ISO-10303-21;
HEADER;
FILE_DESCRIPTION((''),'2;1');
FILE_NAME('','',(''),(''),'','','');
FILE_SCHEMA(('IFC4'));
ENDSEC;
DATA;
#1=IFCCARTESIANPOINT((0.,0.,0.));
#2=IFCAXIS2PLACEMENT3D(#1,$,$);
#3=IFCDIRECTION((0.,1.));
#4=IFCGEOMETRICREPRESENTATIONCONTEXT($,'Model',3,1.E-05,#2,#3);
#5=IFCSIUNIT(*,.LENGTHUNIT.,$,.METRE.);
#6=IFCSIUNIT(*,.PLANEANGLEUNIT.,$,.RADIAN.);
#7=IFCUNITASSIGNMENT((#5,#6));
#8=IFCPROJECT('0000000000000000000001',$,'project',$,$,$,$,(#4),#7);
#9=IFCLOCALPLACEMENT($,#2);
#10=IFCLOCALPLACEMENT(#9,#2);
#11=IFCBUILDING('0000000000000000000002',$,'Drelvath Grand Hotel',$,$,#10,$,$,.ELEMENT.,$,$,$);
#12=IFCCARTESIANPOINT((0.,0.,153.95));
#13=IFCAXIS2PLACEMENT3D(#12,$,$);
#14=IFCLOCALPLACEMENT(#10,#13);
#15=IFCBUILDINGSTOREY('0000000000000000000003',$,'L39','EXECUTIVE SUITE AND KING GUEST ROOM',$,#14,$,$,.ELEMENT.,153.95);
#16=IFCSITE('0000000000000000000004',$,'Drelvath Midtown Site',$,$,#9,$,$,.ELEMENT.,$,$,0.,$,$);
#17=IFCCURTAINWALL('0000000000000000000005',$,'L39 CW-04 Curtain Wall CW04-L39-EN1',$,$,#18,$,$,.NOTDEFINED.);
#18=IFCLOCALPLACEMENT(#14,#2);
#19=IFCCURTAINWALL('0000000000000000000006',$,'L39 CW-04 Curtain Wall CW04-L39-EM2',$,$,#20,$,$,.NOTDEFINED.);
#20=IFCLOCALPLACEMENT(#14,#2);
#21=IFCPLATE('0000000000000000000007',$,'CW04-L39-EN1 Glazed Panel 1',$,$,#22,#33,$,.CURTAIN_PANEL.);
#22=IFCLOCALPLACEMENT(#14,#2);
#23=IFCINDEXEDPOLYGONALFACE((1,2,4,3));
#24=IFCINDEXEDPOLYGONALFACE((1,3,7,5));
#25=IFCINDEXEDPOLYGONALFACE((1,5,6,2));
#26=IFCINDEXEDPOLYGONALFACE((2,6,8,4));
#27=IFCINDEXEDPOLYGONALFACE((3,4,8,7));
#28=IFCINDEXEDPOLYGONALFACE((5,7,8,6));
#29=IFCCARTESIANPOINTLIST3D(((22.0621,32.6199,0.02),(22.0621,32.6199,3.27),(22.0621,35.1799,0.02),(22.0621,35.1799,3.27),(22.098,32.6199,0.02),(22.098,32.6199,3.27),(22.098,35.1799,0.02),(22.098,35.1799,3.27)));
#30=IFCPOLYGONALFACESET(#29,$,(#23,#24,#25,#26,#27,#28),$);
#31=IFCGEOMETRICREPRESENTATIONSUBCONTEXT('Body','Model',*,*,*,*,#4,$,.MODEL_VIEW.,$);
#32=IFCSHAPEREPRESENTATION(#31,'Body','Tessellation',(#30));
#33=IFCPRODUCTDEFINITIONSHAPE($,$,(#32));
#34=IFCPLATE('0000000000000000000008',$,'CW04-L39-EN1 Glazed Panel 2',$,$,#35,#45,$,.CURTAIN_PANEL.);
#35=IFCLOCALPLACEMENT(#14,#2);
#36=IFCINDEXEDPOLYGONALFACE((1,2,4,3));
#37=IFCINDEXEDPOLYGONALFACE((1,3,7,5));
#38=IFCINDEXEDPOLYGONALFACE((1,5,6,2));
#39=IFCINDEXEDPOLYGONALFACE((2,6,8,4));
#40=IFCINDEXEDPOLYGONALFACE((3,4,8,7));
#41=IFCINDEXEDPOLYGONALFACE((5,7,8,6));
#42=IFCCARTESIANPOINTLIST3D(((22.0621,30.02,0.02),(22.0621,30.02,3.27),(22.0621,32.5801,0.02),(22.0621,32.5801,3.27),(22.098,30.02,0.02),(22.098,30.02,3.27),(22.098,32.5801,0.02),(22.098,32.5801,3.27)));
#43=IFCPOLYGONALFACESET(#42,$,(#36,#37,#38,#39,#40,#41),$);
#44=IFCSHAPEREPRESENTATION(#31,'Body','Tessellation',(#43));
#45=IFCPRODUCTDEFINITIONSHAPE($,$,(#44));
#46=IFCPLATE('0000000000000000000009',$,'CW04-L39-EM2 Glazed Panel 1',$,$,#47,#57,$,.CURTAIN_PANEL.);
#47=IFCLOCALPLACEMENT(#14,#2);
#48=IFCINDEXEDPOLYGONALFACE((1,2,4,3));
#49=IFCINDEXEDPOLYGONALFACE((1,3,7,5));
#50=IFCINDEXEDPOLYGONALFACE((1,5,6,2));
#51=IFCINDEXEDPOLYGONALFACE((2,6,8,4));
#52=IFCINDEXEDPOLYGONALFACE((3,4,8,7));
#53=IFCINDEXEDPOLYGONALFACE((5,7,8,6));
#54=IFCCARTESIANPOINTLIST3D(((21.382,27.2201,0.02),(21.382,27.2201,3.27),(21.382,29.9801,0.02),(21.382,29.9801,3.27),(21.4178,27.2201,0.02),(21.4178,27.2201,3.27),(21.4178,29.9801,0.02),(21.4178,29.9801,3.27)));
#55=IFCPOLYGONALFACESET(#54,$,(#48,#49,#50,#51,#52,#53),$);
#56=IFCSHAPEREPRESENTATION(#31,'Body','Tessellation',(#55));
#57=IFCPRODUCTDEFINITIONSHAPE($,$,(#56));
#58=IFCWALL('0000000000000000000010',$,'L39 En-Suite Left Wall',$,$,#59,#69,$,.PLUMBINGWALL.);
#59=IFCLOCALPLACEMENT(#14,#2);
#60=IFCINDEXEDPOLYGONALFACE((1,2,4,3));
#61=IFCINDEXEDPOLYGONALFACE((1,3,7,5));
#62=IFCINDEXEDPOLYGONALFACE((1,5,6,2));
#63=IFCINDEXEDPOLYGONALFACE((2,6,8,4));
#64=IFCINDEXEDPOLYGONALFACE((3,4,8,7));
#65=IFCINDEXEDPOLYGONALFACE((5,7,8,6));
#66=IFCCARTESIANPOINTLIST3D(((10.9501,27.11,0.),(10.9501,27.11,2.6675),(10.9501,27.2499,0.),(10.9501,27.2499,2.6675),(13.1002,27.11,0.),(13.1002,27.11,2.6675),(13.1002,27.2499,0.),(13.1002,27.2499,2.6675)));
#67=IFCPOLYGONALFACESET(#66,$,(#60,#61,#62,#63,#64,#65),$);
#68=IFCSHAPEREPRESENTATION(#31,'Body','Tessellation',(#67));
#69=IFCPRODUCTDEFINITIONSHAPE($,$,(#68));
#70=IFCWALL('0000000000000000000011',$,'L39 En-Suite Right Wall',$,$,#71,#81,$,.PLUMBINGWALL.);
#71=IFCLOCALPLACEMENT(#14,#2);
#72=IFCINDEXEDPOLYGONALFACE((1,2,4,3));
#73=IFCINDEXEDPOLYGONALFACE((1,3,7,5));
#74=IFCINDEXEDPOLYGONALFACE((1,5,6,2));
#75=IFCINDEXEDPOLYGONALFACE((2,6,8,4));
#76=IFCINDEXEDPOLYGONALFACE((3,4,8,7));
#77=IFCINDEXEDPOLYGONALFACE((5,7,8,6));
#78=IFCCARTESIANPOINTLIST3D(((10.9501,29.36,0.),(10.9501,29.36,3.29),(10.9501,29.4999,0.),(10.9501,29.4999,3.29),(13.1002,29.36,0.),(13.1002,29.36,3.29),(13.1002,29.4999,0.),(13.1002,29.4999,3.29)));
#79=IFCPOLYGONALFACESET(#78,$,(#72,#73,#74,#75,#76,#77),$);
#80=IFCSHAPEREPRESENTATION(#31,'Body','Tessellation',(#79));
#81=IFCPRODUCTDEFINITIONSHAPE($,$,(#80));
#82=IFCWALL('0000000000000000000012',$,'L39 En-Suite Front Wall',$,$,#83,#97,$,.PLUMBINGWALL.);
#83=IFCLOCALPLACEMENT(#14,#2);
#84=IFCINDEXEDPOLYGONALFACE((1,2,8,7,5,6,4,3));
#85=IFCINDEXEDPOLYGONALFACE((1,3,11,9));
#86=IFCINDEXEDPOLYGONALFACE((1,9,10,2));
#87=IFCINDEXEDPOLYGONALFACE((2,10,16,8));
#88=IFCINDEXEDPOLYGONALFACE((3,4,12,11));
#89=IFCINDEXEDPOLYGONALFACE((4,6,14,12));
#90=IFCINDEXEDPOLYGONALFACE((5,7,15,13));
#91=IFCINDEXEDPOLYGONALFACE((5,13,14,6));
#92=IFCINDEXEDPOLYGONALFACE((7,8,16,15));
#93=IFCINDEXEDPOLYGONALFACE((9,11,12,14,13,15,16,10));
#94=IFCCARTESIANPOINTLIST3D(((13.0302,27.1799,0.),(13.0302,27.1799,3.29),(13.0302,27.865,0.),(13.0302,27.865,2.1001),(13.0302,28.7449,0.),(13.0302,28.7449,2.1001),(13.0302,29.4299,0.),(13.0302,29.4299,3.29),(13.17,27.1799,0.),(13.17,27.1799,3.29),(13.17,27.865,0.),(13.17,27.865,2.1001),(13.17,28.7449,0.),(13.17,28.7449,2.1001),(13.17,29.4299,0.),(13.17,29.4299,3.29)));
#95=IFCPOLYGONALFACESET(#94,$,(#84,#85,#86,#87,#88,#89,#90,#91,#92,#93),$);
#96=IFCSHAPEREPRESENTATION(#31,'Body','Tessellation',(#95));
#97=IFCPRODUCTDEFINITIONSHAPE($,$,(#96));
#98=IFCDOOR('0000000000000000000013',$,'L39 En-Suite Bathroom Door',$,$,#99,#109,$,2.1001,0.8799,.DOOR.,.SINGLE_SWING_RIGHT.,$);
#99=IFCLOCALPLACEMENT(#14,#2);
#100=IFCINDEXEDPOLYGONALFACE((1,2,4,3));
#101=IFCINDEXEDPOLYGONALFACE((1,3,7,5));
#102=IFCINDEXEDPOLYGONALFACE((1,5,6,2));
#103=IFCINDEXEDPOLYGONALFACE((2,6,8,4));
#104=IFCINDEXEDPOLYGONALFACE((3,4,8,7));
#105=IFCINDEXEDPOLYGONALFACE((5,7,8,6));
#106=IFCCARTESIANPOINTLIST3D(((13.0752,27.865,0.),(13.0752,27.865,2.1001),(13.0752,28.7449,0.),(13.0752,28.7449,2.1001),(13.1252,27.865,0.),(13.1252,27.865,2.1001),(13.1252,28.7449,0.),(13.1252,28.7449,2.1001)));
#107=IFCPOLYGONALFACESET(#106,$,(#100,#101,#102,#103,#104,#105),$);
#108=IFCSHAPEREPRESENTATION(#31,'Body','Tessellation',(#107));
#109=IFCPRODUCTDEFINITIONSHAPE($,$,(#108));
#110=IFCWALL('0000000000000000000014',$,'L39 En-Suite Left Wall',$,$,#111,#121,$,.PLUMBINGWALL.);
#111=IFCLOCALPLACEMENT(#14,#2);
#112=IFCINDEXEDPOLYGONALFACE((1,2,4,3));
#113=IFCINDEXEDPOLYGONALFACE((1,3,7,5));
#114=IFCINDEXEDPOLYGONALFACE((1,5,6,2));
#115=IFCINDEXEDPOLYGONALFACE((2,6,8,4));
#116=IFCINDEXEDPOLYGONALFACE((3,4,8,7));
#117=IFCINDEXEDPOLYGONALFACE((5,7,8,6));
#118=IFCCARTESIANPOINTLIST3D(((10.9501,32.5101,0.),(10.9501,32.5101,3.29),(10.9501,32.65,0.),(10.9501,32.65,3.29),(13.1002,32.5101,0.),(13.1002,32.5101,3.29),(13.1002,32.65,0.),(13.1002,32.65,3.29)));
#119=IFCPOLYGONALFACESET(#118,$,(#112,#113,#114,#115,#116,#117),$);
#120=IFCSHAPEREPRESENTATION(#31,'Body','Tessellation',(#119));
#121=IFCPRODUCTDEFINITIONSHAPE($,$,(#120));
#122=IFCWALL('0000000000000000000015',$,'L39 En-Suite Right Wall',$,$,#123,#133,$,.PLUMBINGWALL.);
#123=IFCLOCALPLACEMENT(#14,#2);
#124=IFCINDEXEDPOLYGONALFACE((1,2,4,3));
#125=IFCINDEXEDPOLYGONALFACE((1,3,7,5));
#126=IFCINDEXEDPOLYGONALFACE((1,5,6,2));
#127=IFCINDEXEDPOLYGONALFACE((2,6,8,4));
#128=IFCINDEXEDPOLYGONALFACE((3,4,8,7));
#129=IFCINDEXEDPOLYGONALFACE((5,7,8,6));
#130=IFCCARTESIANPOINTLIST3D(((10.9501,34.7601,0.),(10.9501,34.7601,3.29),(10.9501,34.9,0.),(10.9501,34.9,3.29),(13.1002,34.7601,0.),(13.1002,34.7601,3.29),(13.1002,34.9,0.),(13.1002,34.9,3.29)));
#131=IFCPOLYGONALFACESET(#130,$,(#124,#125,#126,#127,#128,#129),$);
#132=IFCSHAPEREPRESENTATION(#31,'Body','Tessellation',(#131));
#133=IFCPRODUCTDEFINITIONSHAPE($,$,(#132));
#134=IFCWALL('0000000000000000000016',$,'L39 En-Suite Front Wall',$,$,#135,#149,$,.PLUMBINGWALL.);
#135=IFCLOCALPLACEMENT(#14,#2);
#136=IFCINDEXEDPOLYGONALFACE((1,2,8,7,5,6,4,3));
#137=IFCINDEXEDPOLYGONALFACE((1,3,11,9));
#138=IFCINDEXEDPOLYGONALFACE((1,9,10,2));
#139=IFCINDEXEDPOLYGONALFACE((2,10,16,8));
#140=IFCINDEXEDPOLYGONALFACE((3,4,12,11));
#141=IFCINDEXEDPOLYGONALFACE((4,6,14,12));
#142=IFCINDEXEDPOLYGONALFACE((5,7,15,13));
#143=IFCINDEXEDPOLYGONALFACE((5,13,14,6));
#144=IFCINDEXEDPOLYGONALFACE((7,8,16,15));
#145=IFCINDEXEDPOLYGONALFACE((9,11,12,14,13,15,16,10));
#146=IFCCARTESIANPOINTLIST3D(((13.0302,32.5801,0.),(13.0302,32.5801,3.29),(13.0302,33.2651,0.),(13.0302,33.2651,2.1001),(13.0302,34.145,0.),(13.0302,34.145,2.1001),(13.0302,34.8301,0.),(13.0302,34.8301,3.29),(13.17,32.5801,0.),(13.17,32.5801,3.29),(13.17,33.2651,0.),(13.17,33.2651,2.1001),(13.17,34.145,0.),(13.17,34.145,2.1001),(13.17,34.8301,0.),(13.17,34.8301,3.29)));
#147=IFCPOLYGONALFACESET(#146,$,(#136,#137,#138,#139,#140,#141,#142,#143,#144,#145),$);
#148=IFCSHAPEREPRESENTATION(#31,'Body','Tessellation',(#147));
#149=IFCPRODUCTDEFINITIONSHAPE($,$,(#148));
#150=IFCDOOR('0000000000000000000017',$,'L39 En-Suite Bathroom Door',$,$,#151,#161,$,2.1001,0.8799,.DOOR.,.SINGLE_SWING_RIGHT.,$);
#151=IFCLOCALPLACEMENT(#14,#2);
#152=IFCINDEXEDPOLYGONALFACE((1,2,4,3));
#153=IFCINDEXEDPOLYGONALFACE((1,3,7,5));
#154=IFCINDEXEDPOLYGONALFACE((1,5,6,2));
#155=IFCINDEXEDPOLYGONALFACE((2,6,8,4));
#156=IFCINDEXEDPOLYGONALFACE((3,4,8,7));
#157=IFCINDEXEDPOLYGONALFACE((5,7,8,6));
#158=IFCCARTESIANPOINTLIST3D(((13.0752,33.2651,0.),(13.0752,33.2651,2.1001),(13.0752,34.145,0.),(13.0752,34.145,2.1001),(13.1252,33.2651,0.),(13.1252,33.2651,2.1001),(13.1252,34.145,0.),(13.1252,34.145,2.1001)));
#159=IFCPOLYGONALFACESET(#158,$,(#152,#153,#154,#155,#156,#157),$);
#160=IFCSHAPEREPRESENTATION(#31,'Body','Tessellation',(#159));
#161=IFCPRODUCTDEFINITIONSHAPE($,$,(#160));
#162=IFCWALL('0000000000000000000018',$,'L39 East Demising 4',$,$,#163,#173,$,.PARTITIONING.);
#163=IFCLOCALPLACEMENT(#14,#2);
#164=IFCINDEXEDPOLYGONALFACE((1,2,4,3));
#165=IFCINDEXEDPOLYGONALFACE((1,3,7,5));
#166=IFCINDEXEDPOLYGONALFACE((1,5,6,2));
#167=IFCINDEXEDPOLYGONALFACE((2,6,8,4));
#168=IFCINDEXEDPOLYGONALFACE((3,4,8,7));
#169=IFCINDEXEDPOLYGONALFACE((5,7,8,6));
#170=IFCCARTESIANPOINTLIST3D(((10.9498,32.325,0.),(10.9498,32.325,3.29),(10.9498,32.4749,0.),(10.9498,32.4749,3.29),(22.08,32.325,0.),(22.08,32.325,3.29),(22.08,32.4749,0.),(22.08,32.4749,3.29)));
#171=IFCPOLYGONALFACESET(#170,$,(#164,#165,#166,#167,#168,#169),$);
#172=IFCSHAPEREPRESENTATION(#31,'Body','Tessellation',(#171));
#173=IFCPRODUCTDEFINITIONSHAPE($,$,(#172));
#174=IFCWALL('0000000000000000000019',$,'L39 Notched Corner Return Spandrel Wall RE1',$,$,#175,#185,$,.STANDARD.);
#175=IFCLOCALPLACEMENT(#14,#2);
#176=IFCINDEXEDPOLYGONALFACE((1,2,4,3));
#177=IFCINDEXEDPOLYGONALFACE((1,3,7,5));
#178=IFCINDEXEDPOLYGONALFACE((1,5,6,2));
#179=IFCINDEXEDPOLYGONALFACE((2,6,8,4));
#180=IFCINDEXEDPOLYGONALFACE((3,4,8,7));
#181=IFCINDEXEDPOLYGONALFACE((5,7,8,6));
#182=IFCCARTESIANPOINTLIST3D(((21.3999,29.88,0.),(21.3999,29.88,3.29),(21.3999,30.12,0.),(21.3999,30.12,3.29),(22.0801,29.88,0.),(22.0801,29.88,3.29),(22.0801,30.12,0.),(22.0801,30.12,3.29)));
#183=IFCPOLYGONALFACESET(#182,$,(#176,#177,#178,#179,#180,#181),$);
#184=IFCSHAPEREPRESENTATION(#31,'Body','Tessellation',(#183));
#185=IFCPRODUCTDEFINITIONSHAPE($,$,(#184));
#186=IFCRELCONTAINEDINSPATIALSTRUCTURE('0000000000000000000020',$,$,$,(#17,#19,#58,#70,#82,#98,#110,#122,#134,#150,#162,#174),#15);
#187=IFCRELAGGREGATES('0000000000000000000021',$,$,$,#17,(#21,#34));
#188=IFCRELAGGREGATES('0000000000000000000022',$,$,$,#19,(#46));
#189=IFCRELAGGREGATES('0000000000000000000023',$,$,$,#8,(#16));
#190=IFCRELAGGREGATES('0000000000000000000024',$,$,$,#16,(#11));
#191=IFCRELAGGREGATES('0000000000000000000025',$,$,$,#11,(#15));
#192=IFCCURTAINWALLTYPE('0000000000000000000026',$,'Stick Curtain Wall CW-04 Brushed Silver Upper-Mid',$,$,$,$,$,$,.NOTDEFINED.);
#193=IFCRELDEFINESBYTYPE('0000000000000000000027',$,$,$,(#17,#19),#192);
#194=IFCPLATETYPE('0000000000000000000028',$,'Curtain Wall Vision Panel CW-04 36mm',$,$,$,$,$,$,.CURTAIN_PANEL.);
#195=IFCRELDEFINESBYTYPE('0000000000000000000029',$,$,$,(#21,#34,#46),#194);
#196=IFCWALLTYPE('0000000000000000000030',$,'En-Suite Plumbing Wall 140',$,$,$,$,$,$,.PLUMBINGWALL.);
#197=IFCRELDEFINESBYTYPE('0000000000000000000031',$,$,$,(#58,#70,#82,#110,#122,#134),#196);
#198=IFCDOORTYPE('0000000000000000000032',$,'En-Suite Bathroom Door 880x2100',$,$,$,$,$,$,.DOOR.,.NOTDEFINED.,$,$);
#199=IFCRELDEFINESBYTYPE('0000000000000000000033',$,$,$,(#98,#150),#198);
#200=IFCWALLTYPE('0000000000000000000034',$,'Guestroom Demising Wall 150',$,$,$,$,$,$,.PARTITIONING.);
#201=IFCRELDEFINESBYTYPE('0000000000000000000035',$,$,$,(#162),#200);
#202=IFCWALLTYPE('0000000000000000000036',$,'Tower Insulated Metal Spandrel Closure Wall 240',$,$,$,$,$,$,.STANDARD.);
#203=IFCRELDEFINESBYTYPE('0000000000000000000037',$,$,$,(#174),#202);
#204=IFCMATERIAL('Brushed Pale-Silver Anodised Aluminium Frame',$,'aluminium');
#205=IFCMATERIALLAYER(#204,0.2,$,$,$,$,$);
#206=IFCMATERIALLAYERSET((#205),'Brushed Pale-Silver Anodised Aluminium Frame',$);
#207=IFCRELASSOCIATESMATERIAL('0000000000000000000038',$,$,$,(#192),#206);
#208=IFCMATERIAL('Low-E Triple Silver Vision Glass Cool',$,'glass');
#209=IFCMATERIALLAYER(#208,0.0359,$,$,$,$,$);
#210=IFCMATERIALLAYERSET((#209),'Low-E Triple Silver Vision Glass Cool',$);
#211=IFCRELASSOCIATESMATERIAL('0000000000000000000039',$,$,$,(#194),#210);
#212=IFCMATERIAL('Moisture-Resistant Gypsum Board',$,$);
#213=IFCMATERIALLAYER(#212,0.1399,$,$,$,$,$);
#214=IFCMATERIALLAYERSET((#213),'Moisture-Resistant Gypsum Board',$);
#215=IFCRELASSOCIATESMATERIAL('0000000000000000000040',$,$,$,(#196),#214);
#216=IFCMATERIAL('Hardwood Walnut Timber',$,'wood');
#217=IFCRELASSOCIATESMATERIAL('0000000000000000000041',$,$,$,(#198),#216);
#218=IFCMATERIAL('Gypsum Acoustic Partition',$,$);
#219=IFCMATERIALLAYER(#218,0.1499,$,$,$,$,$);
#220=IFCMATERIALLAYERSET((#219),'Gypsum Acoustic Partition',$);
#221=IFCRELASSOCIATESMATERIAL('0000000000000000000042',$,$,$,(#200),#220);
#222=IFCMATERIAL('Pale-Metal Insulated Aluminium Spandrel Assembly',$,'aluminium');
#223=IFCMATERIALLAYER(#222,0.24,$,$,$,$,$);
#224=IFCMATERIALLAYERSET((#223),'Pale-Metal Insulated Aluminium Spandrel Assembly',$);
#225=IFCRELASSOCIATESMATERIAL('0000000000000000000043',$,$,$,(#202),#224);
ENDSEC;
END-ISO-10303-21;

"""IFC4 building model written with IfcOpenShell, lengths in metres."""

from ifc_helpers import new_model, si_unit, direction, frame, frame_2d, origin, origin_2d, place, context, subcontext, project, spatial, rectangle, extrude, material, layer, layer_set, type_object, element, fill, aggregate, save


model = new_model("IFC4")

# Units and contexts
model_context = context("Model", 3, precision=1e-05, world=origin(), true_north=direction((0.0, 1.0)))
body_context = subcontext(model_context, "Body", "Model", "MODEL_VIEW")
ifc_project = project(units=[si_unit("LENGTHUNIT", "METRE"), si_unit("PLANEANGLEUNIT", "RADIAN")], contexts=[model_context])

# Site, building, storey
site_placement = place(None, origin())
site = spatial("IfcSite", under=ifc_project, at=site_placement, Name="Drelvath Midtown Site", CompositionType="ELEMENT", RefElevation=0.0)
building_placement = place(site_placement, origin())
building = spatial("IfcBuilding", under=site, at=building_placement, Name="Drelvath Grand Hotel", CompositionType="ELEMENT")
storey_placement = place(building_placement, frame((0.0, 0.0, 153.95)))
storey = spatial("IfcBuildingStorey", under=building, at=storey_placement, Name="L39", Description="EXECUTIVE SUITE AND KING GUEST ROOM", CompositionType="ELEMENT", Elevation=153.95)

# Curtain walls
ifc_material_1 = material(Name="Brushed Pale-Silver Anodised Aluminium Frame", Category="aluminium")
ifc_layer_1 = layer(ifc_material_1, 0.2)
ifc_layer_set_1 = layer_set([ifc_layer_1], Name="Brushed Pale-Silver Anodised Aluminium Frame")
curtain_wall_type = type_object("IfcCurtainWallType", Name="Stick Curtain Wall CW-04 Brushed Silver Upper-Mid", PredefinedType="NOTDEFINED", material=ifc_layer_set_1)
curtain_wall_1_placement = place(storey_placement, origin())
curtain_wall_1 = element("IfcCurtainWall", 1, at=curtain_wall_1_placement, inside=storey, type_object=curtain_wall_type, Name="L39 CW-04 Curtain Wall CW04-L39-EN1", PredefinedType="NOTDEFINED")
curtain_wall_2_placement = place(storey_placement, origin())
curtain_wall_2 = element("IfcCurtainWall", 2, at=curtain_wall_2_placement, inside=storey, type_object=curtain_wall_type, Name="L39 CW-04 Curtain Wall CW04-L39-EM2", PredefinedType="NOTDEFINED")

# Plates
ifc_material_2 = material(Name="Low-E Triple Silver Vision Glass Cool", Category="glass")
ifc_layer_2 = layer(ifc_material_2, 0.0359)
ifc_layer_set_2 = layer_set([ifc_layer_2], Name="Low-E Triple Silver Vision Glass Cool")
plate_type = type_object("IfcPlateType", Name="Curtain Wall Vision Panel CW-04 36mm", PredefinedType="CURTAIN_PANEL", material=ifc_layer_set_2)
plate_1_placement = place(storey_placement, frame((22.0801, 33.8999, 0.02), z_axis=(0.0, 0.0, 1.0), x_axis=(0.0, -1.0, 0.0)))
plate_1 = element("IfcPlate", 3, at=plate_1_placement, type_object=plate_type, Name="CW04-L39-EN1 Glazed Panel 1", PredefinedType="CURTAIN_PANEL", context=body_context, shape_type="SweptSolid", body=[
    extrude(rectangle(XDim=2.5601, YDim=0.0359, at=origin_2d()), origin(), (0.0, 0.0, 1.0), 3.25),
])
plate_2_placement = place(storey_placement, frame((22.0801, 31.3, 0.02), z_axis=(0.0, 0.0, 1.0), x_axis=(0.0, -1.0, 0.0)))
plate_2 = element("IfcPlate", 4, at=plate_2_placement, type_object=plate_type, Name="CW04-L39-EN1 Glazed Panel 2", PredefinedType="CURTAIN_PANEL", context=body_context, shape_type="SweptSolid", body=[
    extrude(rectangle(XDim=2.5601, YDim=0.0359, at=origin_2d()), origin(), (0.0, 0.0, 1.0), 3.25),
])
aggregate(curtain_wall_1, [plate_1, plate_2])
plate_3_placement = place(storey_placement, frame((21.3999, 28.6001, 0.02), z_axis=(0.0, 0.0, 1.0), x_axis=(0.0, -1.0, 0.0)))
plate_3 = element("IfcPlate", 5, at=plate_3_placement, type_object=plate_type, Name="CW04-L39-EM2 Glazed Panel 1", PredefinedType="CURTAIN_PANEL", context=body_context, shape_type="SweptSolid", body=[
    extrude(rectangle(XDim=2.76, YDim=0.0359, at=origin_2d()), origin(), (0.0, 0.0, 1.0), 3.25),
])
aggregate(curtain_wall_2, [plate_3])

# Walls
ifc_material_3 = material(Name="Moisture-Resistant Gypsum Board")
ifc_layer_3 = layer(ifc_material_3, 0.1399)
ifc_layer_set_3 = layer_set([ifc_layer_3], Name="Moisture-Resistant Gypsum Board")
wall_type_1 = type_object("IfcWallType", Name="En-Suite Plumbing Wall 140", PredefinedType="PLUMBINGWALL", material=ifc_layer_set_3)
wall_1_placement = place(storey_placement, frame((10.95, 27.1799, 0.0), z_axis=(0.0, 0.0, 1.0), x_axis=(1.0, 0.0, 0.0)))
element("IfcWall", 6, at=wall_1_placement, inside=storey, type_object=wall_type_1, Name="L39 En-Suite Left Wall", PredefinedType="PLUMBINGWALL", context=body_context, shape_type="SweptSolid", body=[
    extrude(rectangle(XDim=2.1501, YDim=0.1399, at=frame_2d((1.0752, 0.0))), origin(), (0.0, 0.0, 1.0), 2.6675),
])
wall_2_placement = place(storey_placement, frame((10.95, 29.4299, 0.0), z_axis=(0.0, 0.0, 1.0), x_axis=(1.0, 0.0, 0.0)))
element("IfcWall", 7, at=wall_2_placement, inside=storey, type_object=wall_type_1, Name="L39 En-Suite Right Wall", PredefinedType="PLUMBINGWALL", context=body_context, shape_type="SweptSolid", body=[
    extrude(rectangle(XDim=2.1501, YDim=0.1399, at=frame_2d((1.0752, 0.0))), origin(), (0.0, 0.0, 1.0), 3.29),
])

# Wall, opening, door
wall_3_placement = place(storey_placement, frame((13.1001, 27.1799, 0.0), z_axis=(0.0, 0.0, 1.0), x_axis=(0.0, 1.0, 0.0)))
wall_3 = element("IfcWall", 8, at=wall_3_placement, inside=storey, type_object=wall_type_1, Name="L39 En-Suite Front Wall", PredefinedType="PLUMBINGWALL", context=body_context, shape_type="SweptSolid", body=[
    extrude(rectangle(XDim=2.25, YDim=0.1399, at=frame_2d((1.125, 0.0))), origin(), (0.0, 0.0, 1.0), 3.29),
])
opening_1_placement = place(wall_3_placement, frame((0.6851, 0.0, 0.0)))
opening_1 = element("IfcOpeningElement", 9, at=opening_1_placement, cuts=wall_3, PredefinedType="OPENING", context=body_context, shape_type="SweptSolid", body=[
    extrude(rectangle(XDim=0.8799, YDim=2.1001, at=frame_2d((0.4399, 1.05))), frame((0.0, 0.0798, 0.0), z_axis=(0.0, -1.0, 0.0), x_axis=(1.0, 0.0, 0.0)), (0.0, 0.0, 1.0), 0.1599),
])
ifc_material_4 = material(Name="Hardwood Walnut Timber", Category="wood")
door_type = type_object("IfcDoorType", Name="En-Suite Bathroom Door 880x2100", OperationType="NOTDEFINED", PredefinedType="DOOR", material=ifc_material_4)
door_1_placement = place(opening_1_placement, origin())
door_1 = element("IfcDoor", 10, at=door_1_placement, inside=storey, type_object=door_type, Name="L39 En-Suite Bathroom Door", OperationType="SINGLE_SWING_RIGHT", OverallHeight=2.1001, OverallWidth=0.8799, PredefinedType="DOOR", context=body_context, shape_type="SweptSolid", body=[
    extrude(rectangle(XDim=0.8799, YDim=2.1001, at=frame_2d((0.4399, 1.05))), frame((0.0, 0.0249, 0.0), z_axis=(0.0, -1.0, 0.0), x_axis=(1.0, 0.0, 0.0)), (0.0, 0.0, 1.0), 0.05),
])
fill(opening_1, door_1)

# Walls
for number, where, z_axis, x_axis, name in (
    (11, (10.95, 32.5801, 0.0), (0.0, 0.0, 1.0), (1.0, 0.0, 0.0), "L39 En-Suite Left Wall"),
    (12, (10.95, 34.8301, 0.0), (0.0, 0.0, 1.0), (1.0, 0.0, 0.0), "L39 En-Suite Right Wall"),
):
    element("IfcWall", number, at=place(storey_placement, frame(where, z_axis=z_axis, x_axis=x_axis)), inside=storey, type_object=wall_type_1, Name=name, PredefinedType="PLUMBINGWALL", context=body_context, shape_type="SweptSolid", body=[
        extrude(rectangle(XDim=2.1501, YDim=0.1399, at=frame_2d((1.0752, 0.0))), origin(), (0.0, 0.0, 1.0), 3.29),
    ])

# Wall, opening, door
wall_4_placement = place(storey_placement, frame((13.1001, 32.5801, 0.0), z_axis=(0.0, 0.0, 1.0), x_axis=(0.0, 1.0, 0.0)))
wall_4 = element("IfcWall", 13, at=wall_4_placement, inside=storey, type_object=wall_type_1, Name="L39 En-Suite Front Wall", PredefinedType="PLUMBINGWALL", context=body_context, shape_type="SweptSolid", body=[
    extrude(rectangle(XDim=2.25, YDim=0.1399, at=frame_2d((1.125, 0.0))), origin(), (0.0, 0.0, 1.0), 3.29),
])
opening_2_placement = place(wall_4_placement, frame((0.6851, 0.0, 0.0)))
opening_2 = element("IfcOpeningElement", 14, at=opening_2_placement, cuts=wall_4, PredefinedType="OPENING", context=body_context, shape_type="SweptSolid", body=[
    extrude(rectangle(XDim=0.8799, YDim=2.1001, at=frame_2d((0.4399, 1.05))), frame((0.0, 0.0798, 0.0), z_axis=(0.0, -1.0, 0.0), x_axis=(1.0, 0.0, 0.0)), (0.0, 0.0, 1.0), 0.1599),
])
door_2_placement = place(opening_2_placement, origin())
door_2 = element("IfcDoor", 15, at=door_2_placement, inside=storey, type_object=door_type, Name="L39 En-Suite Bathroom Door", OperationType="SINGLE_SWING_RIGHT", OverallHeight=2.1001, OverallWidth=0.8799, PredefinedType="DOOR", context=body_context, shape_type="SweptSolid", body=[
    extrude(rectangle(XDim=0.8799, YDim=2.1001, at=frame_2d((0.4399, 1.05))), frame((0.0, 0.0249, 0.0), z_axis=(0.0, -1.0, 0.0), x_axis=(1.0, 0.0, 0.0)), (0.0, 0.0, 1.0), 0.05),
])
fill(opening_2, door_2)

# Walls
ifc_material_5 = material(Name="Gypsum Acoustic Partition")
ifc_layer_4 = layer(ifc_material_5, 0.1499)
ifc_layer_set_4 = layer_set([ifc_layer_4], Name="Gypsum Acoustic Partition")
wall_type_2 = type_object("IfcWallType", Name="Guestroom Demising Wall 150", PredefinedType="PARTITIONING", material=ifc_layer_set_4)
wall_5_placement = place(storey_placement, frame((10.95, 32.3999, 0.0), z_axis=(0.0, 0.0, 1.0), x_axis=(1.0, 0.0, 0.0)))
element("IfcWall", 16, at=wall_5_placement, inside=storey, type_object=wall_type_2, Name="L39 East Demising 4", PredefinedType="PARTITIONING", context=body_context, shape_type="SweptSolid", body=[
    extrude(rectangle(XDim=11.1301, YDim=0.1499, at=frame_2d((5.5649, 0.0))), origin(), (0.0, 0.0, 1.0), 3.29),
])
ifc_material_6 = material(Name="Pale-Metal Insulated Aluminium Spandrel Assembly", Category="aluminium")
ifc_layer_5 = layer(ifc_material_6, 0.24)
ifc_layer_set_5 = layer_set([ifc_layer_5], Name="Pale-Metal Insulated Aluminium Spandrel Assembly")
wall_type_3 = type_object("IfcWallType", Name="Tower Insulated Metal Spandrel Closure Wall 240", PredefinedType="STANDARD", material=ifc_layer_set_5)
wall_6_placement = place(storey_placement, frame((22.0801, 30.0, 0.0), z_axis=(0.0, 0.0, 1.0), x_axis=(-1.0, 0.0, 0.0)))
element("IfcWall", 17, at=wall_6_placement, inside=storey, type_object=wall_type_3, Name="L39 Notched Corner Return Spandrel Wall RE1", PredefinedType="STANDARD", context=body_context, shape_type="SweptSolid", body=[
    extrude(rectangle(XDim=0.6802, YDim=0.24, at=frame_2d((0.3401, 0.0))), origin(), (0.0, 0.0, 1.0), 3.29),
])

save(model, "model.ifc")
